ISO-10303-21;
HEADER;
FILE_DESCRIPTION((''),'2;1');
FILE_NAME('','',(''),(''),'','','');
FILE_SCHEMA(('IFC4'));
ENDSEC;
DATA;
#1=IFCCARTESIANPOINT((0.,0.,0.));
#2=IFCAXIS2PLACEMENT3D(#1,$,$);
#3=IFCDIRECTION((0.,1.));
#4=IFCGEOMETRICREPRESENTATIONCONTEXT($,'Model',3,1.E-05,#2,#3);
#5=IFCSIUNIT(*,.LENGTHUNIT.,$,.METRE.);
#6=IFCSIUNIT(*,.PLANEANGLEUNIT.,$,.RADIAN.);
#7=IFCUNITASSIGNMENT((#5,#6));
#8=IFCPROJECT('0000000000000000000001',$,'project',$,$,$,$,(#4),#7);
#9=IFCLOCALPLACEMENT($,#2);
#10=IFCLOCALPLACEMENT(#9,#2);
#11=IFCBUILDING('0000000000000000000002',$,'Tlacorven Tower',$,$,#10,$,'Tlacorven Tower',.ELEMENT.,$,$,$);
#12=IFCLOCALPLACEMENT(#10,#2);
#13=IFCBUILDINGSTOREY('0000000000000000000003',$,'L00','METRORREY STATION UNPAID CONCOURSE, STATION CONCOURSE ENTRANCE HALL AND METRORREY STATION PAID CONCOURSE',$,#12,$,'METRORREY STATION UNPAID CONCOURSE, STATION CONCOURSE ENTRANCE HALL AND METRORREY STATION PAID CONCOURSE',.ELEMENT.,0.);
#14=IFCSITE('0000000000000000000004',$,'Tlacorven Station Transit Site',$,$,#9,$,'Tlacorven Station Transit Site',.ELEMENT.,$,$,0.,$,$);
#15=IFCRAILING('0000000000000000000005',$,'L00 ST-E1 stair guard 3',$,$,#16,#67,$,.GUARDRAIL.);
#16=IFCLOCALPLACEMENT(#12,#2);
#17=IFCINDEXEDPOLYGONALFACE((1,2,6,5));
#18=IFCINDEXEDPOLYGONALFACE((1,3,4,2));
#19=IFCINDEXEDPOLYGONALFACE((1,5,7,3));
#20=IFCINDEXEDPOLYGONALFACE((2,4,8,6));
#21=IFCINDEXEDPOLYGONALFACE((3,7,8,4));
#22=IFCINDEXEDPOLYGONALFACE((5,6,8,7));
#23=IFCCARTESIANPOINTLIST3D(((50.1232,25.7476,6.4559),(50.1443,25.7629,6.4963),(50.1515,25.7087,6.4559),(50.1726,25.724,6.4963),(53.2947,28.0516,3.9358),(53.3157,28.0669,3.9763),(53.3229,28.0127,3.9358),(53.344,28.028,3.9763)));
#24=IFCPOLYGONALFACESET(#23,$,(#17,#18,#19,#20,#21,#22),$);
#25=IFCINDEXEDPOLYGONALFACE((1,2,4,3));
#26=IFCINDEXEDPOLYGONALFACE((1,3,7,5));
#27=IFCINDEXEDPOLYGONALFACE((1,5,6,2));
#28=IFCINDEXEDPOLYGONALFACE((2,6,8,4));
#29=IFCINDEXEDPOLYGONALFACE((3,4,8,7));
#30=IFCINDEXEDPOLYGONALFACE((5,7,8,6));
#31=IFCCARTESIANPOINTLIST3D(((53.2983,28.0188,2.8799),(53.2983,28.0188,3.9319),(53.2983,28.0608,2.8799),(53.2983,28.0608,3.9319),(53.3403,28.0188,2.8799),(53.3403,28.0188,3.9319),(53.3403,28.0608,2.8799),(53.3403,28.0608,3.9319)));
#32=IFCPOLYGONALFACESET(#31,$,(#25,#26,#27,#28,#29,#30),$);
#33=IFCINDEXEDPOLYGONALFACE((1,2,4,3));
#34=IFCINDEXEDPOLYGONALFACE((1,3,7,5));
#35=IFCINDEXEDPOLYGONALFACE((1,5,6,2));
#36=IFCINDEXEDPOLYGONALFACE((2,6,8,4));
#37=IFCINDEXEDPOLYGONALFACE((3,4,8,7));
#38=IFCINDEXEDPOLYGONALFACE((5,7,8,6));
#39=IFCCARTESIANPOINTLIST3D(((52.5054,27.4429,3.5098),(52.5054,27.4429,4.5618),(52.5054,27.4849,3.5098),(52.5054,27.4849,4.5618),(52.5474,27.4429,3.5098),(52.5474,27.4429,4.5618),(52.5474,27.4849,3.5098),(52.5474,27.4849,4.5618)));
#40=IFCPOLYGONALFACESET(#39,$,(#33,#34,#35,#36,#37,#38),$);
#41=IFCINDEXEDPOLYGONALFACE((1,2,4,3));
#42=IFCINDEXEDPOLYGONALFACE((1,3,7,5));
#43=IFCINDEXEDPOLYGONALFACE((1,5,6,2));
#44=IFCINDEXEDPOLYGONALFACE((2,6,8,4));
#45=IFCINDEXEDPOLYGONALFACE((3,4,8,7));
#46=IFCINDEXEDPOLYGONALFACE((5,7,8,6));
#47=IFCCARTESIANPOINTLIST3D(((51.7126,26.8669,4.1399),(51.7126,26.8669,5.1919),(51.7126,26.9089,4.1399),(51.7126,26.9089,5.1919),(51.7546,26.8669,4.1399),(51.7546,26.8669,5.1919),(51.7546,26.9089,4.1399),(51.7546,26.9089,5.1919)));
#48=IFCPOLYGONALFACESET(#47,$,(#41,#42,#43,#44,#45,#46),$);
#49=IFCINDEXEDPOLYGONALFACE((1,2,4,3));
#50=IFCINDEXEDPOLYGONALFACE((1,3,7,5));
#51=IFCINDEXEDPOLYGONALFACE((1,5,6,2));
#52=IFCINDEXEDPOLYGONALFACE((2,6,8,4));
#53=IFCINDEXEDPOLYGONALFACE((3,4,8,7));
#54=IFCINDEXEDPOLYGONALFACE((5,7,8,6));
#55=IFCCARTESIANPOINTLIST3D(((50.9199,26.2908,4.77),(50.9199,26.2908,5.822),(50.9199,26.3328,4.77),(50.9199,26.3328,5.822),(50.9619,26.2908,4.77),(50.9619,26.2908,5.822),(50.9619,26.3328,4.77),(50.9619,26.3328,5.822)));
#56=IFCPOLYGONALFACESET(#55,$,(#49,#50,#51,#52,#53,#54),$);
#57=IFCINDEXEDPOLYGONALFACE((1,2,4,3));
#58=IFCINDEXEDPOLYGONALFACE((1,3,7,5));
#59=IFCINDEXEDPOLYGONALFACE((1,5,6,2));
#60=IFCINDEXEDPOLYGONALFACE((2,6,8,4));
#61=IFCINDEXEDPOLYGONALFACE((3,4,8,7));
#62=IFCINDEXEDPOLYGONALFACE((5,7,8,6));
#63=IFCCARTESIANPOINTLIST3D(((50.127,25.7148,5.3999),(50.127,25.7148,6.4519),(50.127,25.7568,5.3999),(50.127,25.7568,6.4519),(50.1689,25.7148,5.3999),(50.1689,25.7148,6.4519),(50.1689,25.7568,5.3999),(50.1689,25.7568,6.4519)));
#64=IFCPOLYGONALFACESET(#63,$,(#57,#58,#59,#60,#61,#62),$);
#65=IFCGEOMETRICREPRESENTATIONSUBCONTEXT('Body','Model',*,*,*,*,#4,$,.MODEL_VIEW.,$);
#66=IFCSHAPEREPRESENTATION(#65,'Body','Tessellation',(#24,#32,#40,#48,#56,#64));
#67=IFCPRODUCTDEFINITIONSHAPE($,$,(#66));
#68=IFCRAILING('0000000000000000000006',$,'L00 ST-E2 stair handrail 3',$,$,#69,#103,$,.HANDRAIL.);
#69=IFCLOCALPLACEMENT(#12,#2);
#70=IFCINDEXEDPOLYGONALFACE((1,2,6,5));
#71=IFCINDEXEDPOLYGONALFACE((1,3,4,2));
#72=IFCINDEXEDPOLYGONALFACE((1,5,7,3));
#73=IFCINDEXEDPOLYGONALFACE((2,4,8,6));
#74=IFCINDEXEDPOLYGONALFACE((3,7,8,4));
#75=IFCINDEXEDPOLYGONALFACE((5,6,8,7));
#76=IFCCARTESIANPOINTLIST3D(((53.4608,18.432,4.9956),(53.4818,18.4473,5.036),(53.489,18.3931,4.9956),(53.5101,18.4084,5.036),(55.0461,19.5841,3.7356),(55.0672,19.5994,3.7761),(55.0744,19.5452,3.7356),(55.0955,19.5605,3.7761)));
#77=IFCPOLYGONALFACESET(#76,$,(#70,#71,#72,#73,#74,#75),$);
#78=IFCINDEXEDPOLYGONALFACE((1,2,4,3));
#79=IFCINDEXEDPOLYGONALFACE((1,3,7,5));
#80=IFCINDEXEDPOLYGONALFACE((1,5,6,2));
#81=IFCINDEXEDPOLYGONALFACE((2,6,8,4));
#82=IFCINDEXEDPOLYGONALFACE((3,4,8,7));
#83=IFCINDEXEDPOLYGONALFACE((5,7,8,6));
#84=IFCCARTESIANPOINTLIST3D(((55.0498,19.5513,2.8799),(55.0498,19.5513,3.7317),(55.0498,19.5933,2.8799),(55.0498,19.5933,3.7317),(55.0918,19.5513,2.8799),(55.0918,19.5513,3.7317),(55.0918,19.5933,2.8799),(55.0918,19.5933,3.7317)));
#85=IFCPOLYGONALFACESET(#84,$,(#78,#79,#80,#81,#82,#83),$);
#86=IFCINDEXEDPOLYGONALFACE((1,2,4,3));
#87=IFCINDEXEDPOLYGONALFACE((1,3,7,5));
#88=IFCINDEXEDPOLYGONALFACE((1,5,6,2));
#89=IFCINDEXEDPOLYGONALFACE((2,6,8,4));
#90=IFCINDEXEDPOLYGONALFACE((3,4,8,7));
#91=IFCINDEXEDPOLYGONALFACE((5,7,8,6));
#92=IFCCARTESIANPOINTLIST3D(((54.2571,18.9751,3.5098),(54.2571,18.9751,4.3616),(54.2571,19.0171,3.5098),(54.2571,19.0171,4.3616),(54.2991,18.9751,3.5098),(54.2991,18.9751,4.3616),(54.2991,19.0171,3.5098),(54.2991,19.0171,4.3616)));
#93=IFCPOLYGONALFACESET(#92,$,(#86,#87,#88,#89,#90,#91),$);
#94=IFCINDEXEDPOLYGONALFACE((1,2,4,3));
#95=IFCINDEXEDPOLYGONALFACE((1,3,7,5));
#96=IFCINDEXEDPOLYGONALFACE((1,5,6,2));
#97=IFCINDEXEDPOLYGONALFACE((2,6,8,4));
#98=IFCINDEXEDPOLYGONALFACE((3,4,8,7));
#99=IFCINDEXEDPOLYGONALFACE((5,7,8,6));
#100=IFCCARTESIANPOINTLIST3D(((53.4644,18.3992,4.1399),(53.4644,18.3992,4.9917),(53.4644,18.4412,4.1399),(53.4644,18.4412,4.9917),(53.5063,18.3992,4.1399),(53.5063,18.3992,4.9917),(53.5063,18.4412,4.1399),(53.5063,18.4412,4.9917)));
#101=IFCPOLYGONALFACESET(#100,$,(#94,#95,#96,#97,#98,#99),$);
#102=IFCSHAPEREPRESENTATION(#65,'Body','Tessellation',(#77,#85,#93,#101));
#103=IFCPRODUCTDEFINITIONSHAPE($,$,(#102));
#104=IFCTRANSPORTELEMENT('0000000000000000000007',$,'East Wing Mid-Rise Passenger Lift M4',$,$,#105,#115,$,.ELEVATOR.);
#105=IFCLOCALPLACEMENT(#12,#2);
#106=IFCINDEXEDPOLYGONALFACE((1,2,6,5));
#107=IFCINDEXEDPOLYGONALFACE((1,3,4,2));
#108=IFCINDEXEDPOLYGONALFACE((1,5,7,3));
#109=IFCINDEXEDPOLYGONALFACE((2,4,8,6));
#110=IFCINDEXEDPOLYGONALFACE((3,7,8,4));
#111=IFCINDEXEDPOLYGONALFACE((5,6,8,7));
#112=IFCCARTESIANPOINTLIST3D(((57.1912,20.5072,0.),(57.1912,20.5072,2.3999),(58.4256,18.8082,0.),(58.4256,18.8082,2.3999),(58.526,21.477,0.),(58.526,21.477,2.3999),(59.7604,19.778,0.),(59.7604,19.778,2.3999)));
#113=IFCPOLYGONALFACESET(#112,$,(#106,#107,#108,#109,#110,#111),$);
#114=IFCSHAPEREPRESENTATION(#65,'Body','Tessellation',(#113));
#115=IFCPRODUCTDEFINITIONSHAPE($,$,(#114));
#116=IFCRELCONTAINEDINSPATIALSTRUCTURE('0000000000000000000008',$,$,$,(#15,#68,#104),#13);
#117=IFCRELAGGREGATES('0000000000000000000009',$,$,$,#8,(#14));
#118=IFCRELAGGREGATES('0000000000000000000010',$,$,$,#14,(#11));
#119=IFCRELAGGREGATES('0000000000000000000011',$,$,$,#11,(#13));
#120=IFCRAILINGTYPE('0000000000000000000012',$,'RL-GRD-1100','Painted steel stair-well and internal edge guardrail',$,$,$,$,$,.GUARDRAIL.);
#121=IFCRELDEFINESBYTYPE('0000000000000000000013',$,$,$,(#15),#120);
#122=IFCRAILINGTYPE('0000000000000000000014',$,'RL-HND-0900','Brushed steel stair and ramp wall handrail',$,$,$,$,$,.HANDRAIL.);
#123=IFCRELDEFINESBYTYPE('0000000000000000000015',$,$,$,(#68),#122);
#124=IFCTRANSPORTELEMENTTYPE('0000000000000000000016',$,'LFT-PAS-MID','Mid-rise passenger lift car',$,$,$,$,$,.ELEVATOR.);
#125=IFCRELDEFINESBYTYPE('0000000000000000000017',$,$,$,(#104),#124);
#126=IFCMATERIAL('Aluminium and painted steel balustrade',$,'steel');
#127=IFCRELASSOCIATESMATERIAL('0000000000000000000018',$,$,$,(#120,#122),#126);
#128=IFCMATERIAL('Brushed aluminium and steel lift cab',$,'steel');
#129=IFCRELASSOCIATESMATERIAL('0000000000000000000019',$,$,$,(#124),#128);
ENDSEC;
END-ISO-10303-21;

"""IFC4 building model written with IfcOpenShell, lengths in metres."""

from ifc_helpers import new_model, si_unit, direction, frame, origin, origin_2d, place, context, subcontext, project, spatial, rectangle, extrude, source, transform, mapped, material, type_object, element, save


model = new_model("IFC4")

# Units and contexts
model_context = context("Model", 3, precision=1e-05, world=origin(), true_north=direction((0.0, 1.0)))
body_context = subcontext(model_context, "Body", "Model", "MODEL_VIEW")
ifc_project = project(units=[si_unit("LENGTHUNIT", "METRE"), si_unit("PLANEANGLEUNIT", "RADIAN")], contexts=[model_context])

# Site, building, storey
site_placement = place(None, origin())
site = spatial("IfcSite", under=ifc_project, at=site_placement, Name="Tlacorven Station Transit Site", LongName="Tlacorven Station Transit Site", CompositionType="ELEMENT", RefElevation=0.0)
building_placement = place(site_placement, origin())
building = spatial("IfcBuilding", under=site, at=building_placement, Name="Tlacorven Tower", LongName="Tlacorven Tower", CompositionType="ELEMENT")
storey_placement = place(building_placement, origin())
storey = spatial("IfcBuildingStorey", under=building, at=storey_placement, Name="L00", Description="METRORREY STATION UNPAID CONCOURSE, STATION CONCOURSE ENTRANCE HALL AND METRORREY STATION PAID CONCOURSE", LongName="METRORREY STATION UNPAID CONCOURSE, STATION CONCOURSE ENTRANCE HALL AND METRORREY STATION PAID CONCOURSE", CompositionType="ELEMENT", Elevation=0.0)

# Railings
ifc_material_1 = material(Name="Aluminium and painted steel balustrade", Category="steel")
railing_type_1 = type_object("IfcRailingType", Name="RL-GRD-1100", Description="Painted steel stair-well and internal edge guardrail", PredefinedType="GUARDRAIL", material=ifc_material_1)
shared_shape_1 = source(origin(), body_context, "Body", "SweptSolid", [
    extrude(rectangle(XDim=0.0481, YDim=0.0481, at=origin_2d()), frame((0.0, 0.0, 1.0762), z_axis=(-0.680543, -0.494402, 0.540767), x_axis=(0.587753, -0.80904, 0.0)), (0.0, 0.0, 1.0), 4.6602),
    extrude(rectangle(XDim=0.042, YDim=0.042, at=origin_2d()), origin(), (0.0, 0.0, 1.0), 1.052),
    extrude(rectangle(XDim=0.042, YDim=0.042, at=origin_2d()), frame((-0.793, -0.5759, 0.6299)), (0.0, 0.0, 1.0), 1.052),
    extrude(rectangle(XDim=0.042, YDim=0.042, at=origin_2d()), frame((-1.5857, -1.1519, 1.26)), (0.0, 0.0, 1.0), 1.052),
    extrude(rectangle(XDim=0.042, YDim=0.042, at=origin_2d()), frame((-2.3784, -1.728, 1.8901)), (0.0, 0.0, 1.0), 1.052),
    extrude(rectangle(XDim=0.042, YDim=0.042, at=origin_2d()), frame((-3.1714, -2.304, 2.52)), (0.0, 0.0, 1.0), 1.052),
])
railing_1_placement = place(storey_placement, frame((53.3193, 28.0398, 2.8799)))
element("IfcRailing", 1, at=railing_1_placement, inside=storey, type_object=railing_type_1, Name="L00 ST-E1 stair guard 3", PredefinedType="GUARDRAIL", context=body_context, shape_type="MappedRepresentation", body=[
    mapped(shared_shape_1, transform((0.0, 0.0, 0.0), scale=1.0)),
])
railing_type_2 = type_object("IfcRailingType", Name="RL-HND-0900", Description="Brushed steel stair and ramp wall handrail", PredefinedType="HANDRAIL", material=ifc_material_1)
shared_shape_2 = source(origin(), body_context, "Body", "SweptSolid", [
    extrude(rectangle(XDim=0.0481, YDim=0.0481, at=origin_2d()), frame((0.0, 0.0, 0.876), z_axis=(-0.680469, -0.494477, 0.540791), x_axis=(0.587853, -0.808968, 0.0)), (0.0, 0.0, 1.0), 2.3298),
    extrude(rectangle(XDim=0.042, YDim=0.042, at=origin_2d()), origin(), (0.0, 0.0, 1.0), 0.8518),
    extrude(rectangle(XDim=0.042, YDim=0.042, at=origin_2d()), frame((-0.7927, -0.5762, 0.6299)), (0.0, 0.0, 1.0), 0.8518),
    extrude(rectangle(XDim=0.042, YDim=0.042, at=origin_2d()), frame((-1.5854, -1.1521, 1.26)), (0.0, 0.0, 1.0), 0.8518),
])
railing_2_placement = place(storey_placement, frame((55.0708, 19.5723, 2.8799)))
element("IfcRailing", 2, at=railing_2_placement, inside=storey, type_object=railing_type_2, Name="L00 ST-E2 stair handrail 3", PredefinedType="HANDRAIL", context=body_context, shape_type="MappedRepresentation", body=[
    mapped(shared_shape_2, transform((0.0, 0.0, 0.0), scale=1.0)),
])

# Transport element
ifc_material_2 = material(Name="Brushed aluminium and steel lift cab", Category="steel")
transport_element_type = type_object("IfcTransportElementType", Name="LFT-PAS-MID", Description="Mid-rise passenger lift car", PredefinedType="ELEVATOR", material=ifc_material_2)
shared_shape_3 = source(origin(), body_context, "Body", "SweptSolid", [
    extrude(rectangle(XDim=1.6499, YDim=2.1001, at=origin_2d()), origin(), (0.0, 0.0, 1.0), 2.3999),
])
transport_element_placement = place(storey_placement, frame((58.4758, 20.1426, 0.0), z_axis=(0.0, 0.0, 1.0), x_axis=(0.809017, 0.587785, 0.0)))
element("IfcTransportElement", 3, at=transport_element_placement, inside=storey, type_object=transport_element_type, Name="East Wing Mid-Rise Passenger Lift M4", PredefinedType="ELEVATOR", context=body_context, shape_type="MappedRepresentation", body=[
    mapped(shared_shape_3, transform((0.0, 0.0, 0.0), scale=1.0)),
])

save(model, "model.ifc")
